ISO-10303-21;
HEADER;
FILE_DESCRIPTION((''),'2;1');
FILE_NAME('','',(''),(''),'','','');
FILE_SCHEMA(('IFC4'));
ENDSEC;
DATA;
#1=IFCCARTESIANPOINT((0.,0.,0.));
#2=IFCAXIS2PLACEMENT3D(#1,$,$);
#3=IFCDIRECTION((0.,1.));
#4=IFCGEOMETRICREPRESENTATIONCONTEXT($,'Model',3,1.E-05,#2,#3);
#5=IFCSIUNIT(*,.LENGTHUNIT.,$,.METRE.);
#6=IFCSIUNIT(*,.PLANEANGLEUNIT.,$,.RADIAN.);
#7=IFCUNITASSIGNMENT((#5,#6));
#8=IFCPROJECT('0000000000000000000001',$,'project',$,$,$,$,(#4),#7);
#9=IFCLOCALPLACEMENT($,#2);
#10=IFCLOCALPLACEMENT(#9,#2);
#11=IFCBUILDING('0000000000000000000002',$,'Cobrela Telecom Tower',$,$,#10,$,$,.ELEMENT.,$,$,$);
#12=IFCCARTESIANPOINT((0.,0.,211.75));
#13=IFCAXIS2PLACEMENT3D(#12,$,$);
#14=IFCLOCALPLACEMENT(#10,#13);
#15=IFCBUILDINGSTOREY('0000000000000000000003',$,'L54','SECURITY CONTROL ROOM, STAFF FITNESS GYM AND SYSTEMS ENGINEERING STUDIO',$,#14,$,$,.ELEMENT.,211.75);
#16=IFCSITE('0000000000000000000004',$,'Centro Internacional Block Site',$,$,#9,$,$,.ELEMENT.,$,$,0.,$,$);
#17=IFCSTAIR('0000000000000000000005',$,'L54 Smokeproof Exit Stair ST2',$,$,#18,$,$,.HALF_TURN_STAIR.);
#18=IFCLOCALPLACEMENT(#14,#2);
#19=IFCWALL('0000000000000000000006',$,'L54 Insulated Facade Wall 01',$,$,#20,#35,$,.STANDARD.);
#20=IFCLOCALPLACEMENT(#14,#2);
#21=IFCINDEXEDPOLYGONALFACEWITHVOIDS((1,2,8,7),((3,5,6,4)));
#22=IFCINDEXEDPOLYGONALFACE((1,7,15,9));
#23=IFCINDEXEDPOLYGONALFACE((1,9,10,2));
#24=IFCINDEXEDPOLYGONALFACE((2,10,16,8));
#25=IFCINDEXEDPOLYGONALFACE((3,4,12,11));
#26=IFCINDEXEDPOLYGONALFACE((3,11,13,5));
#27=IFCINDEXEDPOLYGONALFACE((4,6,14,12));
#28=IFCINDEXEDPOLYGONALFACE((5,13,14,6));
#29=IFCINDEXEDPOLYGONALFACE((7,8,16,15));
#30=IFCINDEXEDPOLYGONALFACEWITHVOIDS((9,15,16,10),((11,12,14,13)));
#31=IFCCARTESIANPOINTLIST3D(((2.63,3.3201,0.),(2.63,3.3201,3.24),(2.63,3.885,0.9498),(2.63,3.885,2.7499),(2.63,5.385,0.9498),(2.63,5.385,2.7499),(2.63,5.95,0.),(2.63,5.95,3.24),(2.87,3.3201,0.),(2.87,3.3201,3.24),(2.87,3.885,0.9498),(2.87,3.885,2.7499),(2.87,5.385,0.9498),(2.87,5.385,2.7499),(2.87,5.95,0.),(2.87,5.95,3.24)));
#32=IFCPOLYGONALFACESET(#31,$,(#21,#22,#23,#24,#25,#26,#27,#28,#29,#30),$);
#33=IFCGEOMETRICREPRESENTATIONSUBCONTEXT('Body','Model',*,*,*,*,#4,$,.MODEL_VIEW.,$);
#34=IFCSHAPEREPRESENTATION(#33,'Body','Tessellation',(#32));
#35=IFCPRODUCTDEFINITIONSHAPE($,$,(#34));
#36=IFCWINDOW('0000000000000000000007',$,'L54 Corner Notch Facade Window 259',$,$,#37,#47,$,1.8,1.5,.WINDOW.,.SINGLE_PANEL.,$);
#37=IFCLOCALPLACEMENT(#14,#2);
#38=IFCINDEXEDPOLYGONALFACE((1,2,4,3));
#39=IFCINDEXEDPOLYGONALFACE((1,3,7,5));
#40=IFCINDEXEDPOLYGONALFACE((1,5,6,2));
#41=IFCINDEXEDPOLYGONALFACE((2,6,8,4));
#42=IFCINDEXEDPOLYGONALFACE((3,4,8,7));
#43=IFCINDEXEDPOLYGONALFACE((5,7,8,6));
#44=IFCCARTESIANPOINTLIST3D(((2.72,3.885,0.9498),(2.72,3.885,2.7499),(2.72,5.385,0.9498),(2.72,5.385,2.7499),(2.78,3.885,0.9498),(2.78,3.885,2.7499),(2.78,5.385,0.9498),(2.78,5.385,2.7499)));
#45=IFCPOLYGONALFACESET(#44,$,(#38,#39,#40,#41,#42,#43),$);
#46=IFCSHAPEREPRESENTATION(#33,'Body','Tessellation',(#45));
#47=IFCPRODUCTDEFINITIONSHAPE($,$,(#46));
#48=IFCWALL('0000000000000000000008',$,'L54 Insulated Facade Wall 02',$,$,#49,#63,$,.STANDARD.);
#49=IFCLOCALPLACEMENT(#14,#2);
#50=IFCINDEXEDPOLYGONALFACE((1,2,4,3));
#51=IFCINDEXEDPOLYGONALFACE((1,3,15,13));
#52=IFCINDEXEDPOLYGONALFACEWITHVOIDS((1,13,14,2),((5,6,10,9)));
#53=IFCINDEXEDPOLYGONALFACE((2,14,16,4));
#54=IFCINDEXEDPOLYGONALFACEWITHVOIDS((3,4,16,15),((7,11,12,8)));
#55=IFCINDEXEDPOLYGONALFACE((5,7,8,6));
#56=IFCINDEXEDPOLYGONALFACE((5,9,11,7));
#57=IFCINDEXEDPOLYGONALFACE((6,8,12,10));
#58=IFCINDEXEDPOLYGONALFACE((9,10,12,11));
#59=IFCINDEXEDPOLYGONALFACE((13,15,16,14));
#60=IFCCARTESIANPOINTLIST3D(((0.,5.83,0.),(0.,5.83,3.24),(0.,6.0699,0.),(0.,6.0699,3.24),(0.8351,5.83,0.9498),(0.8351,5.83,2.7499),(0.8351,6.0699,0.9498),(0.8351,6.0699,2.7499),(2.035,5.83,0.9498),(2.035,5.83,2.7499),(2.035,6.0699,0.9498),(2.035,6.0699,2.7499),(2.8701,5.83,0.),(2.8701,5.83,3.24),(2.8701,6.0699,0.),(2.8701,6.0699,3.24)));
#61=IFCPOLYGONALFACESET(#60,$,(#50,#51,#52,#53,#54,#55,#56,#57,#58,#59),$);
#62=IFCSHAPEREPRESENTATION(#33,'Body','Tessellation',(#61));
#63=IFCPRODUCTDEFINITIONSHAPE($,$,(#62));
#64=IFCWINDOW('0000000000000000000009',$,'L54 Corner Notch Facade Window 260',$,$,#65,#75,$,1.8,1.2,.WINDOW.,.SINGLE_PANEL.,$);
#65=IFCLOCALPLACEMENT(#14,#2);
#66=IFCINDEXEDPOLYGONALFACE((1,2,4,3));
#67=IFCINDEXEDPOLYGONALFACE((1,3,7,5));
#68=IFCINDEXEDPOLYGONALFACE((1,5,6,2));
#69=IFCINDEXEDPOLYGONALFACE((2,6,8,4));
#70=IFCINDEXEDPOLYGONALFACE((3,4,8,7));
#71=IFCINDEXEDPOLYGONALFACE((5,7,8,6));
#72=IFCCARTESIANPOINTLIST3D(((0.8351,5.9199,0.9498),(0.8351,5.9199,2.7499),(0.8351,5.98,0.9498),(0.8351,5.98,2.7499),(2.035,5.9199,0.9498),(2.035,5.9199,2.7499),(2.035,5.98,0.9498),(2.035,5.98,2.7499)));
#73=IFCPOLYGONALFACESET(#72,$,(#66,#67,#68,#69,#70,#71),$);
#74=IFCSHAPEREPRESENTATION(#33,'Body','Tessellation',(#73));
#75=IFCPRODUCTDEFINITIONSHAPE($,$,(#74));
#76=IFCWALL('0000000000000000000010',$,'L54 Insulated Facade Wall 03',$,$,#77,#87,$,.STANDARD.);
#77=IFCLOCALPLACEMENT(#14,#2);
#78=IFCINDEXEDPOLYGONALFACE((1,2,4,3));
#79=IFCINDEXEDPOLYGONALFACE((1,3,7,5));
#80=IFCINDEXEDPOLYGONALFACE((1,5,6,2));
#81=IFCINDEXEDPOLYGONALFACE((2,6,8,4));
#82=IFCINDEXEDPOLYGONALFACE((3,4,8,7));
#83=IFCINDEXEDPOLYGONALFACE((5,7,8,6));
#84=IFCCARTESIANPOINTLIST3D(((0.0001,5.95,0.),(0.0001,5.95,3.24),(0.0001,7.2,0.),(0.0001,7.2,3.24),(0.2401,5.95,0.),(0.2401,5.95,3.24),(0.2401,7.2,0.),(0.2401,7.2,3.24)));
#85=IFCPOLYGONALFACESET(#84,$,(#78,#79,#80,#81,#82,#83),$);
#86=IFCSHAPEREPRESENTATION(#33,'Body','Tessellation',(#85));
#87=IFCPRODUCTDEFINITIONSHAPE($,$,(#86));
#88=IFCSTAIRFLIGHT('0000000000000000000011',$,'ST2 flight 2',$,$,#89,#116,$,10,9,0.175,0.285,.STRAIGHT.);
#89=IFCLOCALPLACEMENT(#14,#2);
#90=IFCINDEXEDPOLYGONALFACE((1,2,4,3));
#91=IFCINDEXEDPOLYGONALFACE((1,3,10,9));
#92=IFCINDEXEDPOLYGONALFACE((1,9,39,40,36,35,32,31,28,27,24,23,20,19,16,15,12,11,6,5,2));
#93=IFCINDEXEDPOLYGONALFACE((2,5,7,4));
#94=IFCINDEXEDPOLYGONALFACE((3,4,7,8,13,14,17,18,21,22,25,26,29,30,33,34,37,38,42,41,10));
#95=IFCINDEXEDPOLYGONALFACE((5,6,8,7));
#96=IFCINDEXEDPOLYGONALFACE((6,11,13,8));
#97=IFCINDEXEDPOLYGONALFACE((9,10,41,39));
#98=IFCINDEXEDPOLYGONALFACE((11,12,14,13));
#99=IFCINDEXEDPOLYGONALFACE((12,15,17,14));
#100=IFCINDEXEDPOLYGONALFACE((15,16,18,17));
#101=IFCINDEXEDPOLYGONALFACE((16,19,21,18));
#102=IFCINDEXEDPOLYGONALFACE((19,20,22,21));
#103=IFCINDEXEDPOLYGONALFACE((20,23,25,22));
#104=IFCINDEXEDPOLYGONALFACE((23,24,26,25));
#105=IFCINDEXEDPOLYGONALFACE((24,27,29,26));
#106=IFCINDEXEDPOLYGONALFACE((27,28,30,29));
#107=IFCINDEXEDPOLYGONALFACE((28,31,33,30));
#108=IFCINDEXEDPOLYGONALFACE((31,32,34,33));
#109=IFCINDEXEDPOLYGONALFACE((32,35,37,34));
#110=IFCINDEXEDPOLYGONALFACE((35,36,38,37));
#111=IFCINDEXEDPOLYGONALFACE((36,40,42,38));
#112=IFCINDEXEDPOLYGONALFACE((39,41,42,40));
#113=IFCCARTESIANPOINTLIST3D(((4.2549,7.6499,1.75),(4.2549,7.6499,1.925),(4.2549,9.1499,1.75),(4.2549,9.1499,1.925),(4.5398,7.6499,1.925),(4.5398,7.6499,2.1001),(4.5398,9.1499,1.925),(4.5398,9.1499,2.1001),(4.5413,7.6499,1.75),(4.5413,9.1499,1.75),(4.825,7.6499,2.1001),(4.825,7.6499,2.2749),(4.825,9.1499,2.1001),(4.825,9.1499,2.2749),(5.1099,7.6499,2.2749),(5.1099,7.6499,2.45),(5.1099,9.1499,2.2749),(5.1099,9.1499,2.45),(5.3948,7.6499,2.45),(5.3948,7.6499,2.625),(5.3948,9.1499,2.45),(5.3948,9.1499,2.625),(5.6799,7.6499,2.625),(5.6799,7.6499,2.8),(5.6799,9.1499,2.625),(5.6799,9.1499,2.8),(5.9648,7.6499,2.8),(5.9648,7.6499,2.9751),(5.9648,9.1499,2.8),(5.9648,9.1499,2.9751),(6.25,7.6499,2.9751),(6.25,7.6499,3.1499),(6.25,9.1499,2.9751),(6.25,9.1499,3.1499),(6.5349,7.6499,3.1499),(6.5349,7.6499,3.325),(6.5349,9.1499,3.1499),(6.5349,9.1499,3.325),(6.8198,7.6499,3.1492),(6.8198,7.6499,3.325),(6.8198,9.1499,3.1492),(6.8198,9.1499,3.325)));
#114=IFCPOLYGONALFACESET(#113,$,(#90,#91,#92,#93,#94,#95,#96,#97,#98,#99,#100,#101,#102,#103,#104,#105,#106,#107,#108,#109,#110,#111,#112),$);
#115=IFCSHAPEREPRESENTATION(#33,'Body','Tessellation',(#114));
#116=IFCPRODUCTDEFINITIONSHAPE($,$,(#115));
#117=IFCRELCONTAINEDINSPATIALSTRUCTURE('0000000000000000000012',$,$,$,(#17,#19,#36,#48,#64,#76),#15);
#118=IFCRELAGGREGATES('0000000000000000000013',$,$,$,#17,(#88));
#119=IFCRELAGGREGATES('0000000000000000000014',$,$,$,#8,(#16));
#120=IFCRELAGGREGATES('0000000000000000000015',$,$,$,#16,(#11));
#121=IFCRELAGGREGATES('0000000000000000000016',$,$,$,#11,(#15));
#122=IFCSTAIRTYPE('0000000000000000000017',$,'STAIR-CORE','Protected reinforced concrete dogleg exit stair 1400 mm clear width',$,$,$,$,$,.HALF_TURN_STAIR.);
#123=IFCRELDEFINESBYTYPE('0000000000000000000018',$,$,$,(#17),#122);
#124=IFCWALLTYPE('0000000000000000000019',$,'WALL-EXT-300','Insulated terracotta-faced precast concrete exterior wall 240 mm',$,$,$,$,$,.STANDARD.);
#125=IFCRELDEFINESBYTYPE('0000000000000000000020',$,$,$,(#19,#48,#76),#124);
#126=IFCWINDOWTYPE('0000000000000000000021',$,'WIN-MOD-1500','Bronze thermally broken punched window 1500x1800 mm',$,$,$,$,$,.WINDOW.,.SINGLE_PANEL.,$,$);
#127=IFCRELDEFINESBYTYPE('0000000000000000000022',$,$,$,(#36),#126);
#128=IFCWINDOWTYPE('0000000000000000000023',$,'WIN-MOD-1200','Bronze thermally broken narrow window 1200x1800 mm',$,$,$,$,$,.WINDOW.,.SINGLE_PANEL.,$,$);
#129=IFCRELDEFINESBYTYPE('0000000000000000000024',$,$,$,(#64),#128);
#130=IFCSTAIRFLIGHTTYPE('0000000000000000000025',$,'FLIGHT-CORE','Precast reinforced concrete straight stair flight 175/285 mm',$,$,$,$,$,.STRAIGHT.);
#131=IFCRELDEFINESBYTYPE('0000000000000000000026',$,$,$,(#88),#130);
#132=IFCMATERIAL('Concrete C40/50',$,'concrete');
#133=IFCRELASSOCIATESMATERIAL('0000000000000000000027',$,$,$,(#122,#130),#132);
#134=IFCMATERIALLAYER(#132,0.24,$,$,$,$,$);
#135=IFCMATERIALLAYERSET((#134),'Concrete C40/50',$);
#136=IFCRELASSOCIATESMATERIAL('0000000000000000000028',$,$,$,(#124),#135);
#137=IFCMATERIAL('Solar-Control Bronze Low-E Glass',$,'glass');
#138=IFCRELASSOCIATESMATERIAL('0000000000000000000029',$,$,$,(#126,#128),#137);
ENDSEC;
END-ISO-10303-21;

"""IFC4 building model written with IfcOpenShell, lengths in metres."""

from ifc_helpers import new_model, si_unit, direction, frame, frame_2d, origin, place, context, subcontext, project, spatial, polyline, rectangle, outline, extrude, material, layer, layer_set, type_object, element, fill, aggregate, save


model = new_model("IFC4")

# Units and contexts
model_context = context("Model", 3, precision=1e-05, world=origin(), true_north=direction((0.0, 1.0)))
body_context = subcontext(model_context, "Body", "Model", "MODEL_VIEW")
ifc_project = project(units=[si_unit("LENGTHUNIT", "METRE"), si_unit("PLANEANGLEUNIT", "RADIAN")], contexts=[model_context])

# Site, building, storey
site_placement = place(None, origin())
site = spatial("IfcSite", under=ifc_project, at=site_placement, Name="Centro Internacional Block Site", CompositionType="ELEMENT", RefElevation=0.0)
building_placement = place(site_placement, origin())
building = spatial("IfcBuilding", under=site, at=building_placement, Name="Cobrela Telecom Tower", CompositionType="ELEMENT")
storey_placement = place(building_placement, frame((0.0, 0.0, 211.75)))
storey = spatial("IfcBuildingStorey", under=building, at=storey_placement, Name="L54", Description="SECURITY CONTROL ROOM, STAFF FITNESS GYM AND SYSTEMS ENGINEERING STUDIO", CompositionType="ELEMENT", Elevation=211.75)

# Shared definitions
ifc_material_1 = material(Name="Solar-Control Bronze Low-E Glass", Category="glass")

# Shared definitions
ifc_material_2 = material(Name="Concrete C40/50", Category="concrete")

# Stair
stair_type = type_object("IfcStairType", Name="STAIR-CORE", Description="Protected reinforced concrete dogleg exit stair 1400 mm clear width", PredefinedType="HALF_TURN_STAIR", material=ifc_material_2)
stair_1_placement = place(storey_placement, origin())
stair_1 = element("IfcStair", 1, at=stair_1_placement, inside=storey, type_object=stair_type, Name="L54 Smokeproof Exit Stair ST2", PredefinedType="HALF_TURN_STAIR")

# Walls, openings, windows
ifc_layer_1 = layer(ifc_material_2, 0.24)
ifc_layer_set_1 = layer_set([ifc_layer_1], Name="Concrete C40/50")
wall_type_1 = type_object("IfcWallType", Name="WALL-EXT-300", Description="Insulated terracotta-faced precast concrete exterior wall 240 mm", PredefinedType="STANDARD", material=ifc_layer_set_1)
wall_1_placement = place(storey_placement, frame((2.75, 3.3201, 0.0), z_axis=(0.0, 0.0, 1.0), x_axis=(0.0, 1.0, 0.0)))
wall_1 = element("IfcWall", 2, at=wall_1_placement, inside=storey, type_object=wall_type_1, Name="L54 Insulated Facade Wall 01", PredefinedType="STANDARD", context=body_context, shape_type="SweptSolid", body=[
    extrude(rectangle(XDim=2.6299, YDim=0.24, at=frame_2d((1.3149, 0.0))), origin(), (0.0, 0.0, 1.0), 3.24),
])
opening_1_placement = place(wall_1_placement, frame((0.5649, 0.0, 0.95)))
opening_1 = element("IfcOpeningElement", 3, at=opening_1_placement, cuts=wall_1, PredefinedType="OPENING", context=body_context, shape_type="SweptSolid", body=[
    extrude(rectangle(XDim=1.5, YDim=1.8, at=frame_2d((0.75, 0.8999))), frame((0.0, 0.1318, 0.0), z_axis=(0.0, -1.0, 0.0), x_axis=(1.0, 0.0, 0.0)), (0.0, 0.0, 1.0), 0.2639),
])
window_type_1 = type_object("IfcWindowType", Name="WIN-MOD-1500", Description="Bronze thermally broken punched window 1500x1800 mm", PartitioningType="SINGLE_PANEL", PredefinedType="WINDOW", material=ifc_material_1)
window_1_placement = place(opening_1_placement, origin())
window_1 = element("IfcWindow", 4, at=window_1_placement, inside=storey, type_object=window_type_1, Name="L54 Corner Notch Facade Window 259", OverallHeight=1.8, OverallWidth=1.5, PartitioningType="SINGLE_PANEL", PredefinedType="WINDOW", context=body_context, shape_type="SweptSolid", body=[
    extrude(rectangle(XDim=1.5, YDim=1.8, at=frame_2d((0.75, 0.8999))), frame((0.0, 0.03, 0.0), z_axis=(0.0, -1.0, 0.0), x_axis=(1.0, 0.0, 0.0)), (0.0, 0.0, 1.0), 0.0601),
])
fill(opening_1, window_1)
wall_2_placement = place(storey_placement, frame((2.8701, 5.95, 0.0), z_axis=(0.0, 0.0, 1.0), x_axis=(-1.0, 0.0, 0.0)))
wall_2 = element("IfcWall", 5, at=wall_2_placement, inside=storey, type_object=wall_type_1, Name="L54 Insulated Facade Wall 02", PredefinedType="STANDARD", context=body_context, shape_type="SweptSolid", body=[
    extrude(rectangle(XDim=2.8701, YDim=0.24, at=frame_2d((1.4351, 0.0))), origin(), (0.0, 0.0, 1.0), 3.24),
])
opening_2_placement = place(wall_2_placement, frame((0.835, 0.0, 0.95)))
opening_2 = element("IfcOpeningElement", 6, at=opening_2_placement, cuts=wall_2, PredefinedType="OPENING", context=body_context, shape_type="SweptSolid", body=[
    extrude(rectangle(XDim=1.2, YDim=1.8, at=frame_2d((0.6001, 0.8999))), frame((0.0, 0.1318, 0.0), z_axis=(0.0, -1.0, 0.0), x_axis=(1.0, 0.0, 0.0)), (0.0, 0.0, 1.0), 0.2639),
])
window_type_2 = type_object("IfcWindowType", Name="WIN-MOD-1200", Description="Bronze thermally broken narrow window 1200x1800 mm", PartitioningType="SINGLE_PANEL", PredefinedType="WINDOW", material=ifc_material_1)
window_2_placement = place(opening_2_placement, origin())
window_2 = element("IfcWindow", 7, at=window_2_placement, inside=storey, type_object=window_type_2, Name="L54 Corner Notch Facade Window 260", OverallHeight=1.8, OverallWidth=1.2, PartitioningType="SINGLE_PANEL", PredefinedType="WINDOW", context=body_context, shape_type="SweptSolid", body=[
    extrude(rectangle(XDim=1.2, YDim=1.8, at=frame_2d((0.6001, 0.8999))), frame((0.0, 0.03, 0.0), z_axis=(0.0, -1.0, 0.0), x_axis=(1.0, 0.0, 0.0)), (0.0, 0.0, 1.0), 0.0601),
])
fill(opening_2, window_2)

# Wall
wall_3_placement = place(storey_placement, frame((0.1201, 5.95, 0.0), z_axis=(0.0, 0.0, 1.0), x_axis=(0.0, 1.0, 0.0)))
element("IfcWall", 8, at=wall_3_placement, inside=storey, type_object=wall_type_1, Name="L54 Insulated Facade Wall 03", PredefinedType="STANDARD", context=body_context, shape_type="SweptSolid", body=[
    extrude(rectangle(XDim=1.25, YDim=0.24, at=frame_2d((0.625, 0.0))), origin(), (0.0, 0.0, 1.0), 3.24),
])

# Stair flight
stair_flight_type = type_object("IfcStairFlightType", Name="FLIGHT-CORE", Description="Precast reinforced concrete straight stair flight 175/285 mm", PredefinedType="STRAIGHT", material=ifc_material_2)
stair_flight_placement = place(storey_placement, frame((4.2549, 8.3999, 1.75), z_axis=(0.0, 0.0, 1.0), x_axis=(1.0, 0.0, 0.0)))
stair_flight = element("IfcStairFlight", 9, at=stair_flight_placement, type_object=stair_flight_type, Name="ST2 flight 2", NumberOfRisers=10, NumberOfTreads=9, PredefinedType="STRAIGHT", RiserHeight=0.175, TreadLength=0.285, context=body_context, shape_type="SweptSolid", body=[
    extrude(outline(polyline([(0.0, 0.0), (0.0, 0.175), (0.2849, 0.175), (0.2849, 0.3501), (0.5701, 0.3501), (0.5701, 0.5249), (0.855, 0.5249), (0.855, 0.7), (1.1399, 0.7), (1.1399, 0.875), (1.425, 0.875), (1.425, 1.05), (1.71, 1.05), (1.71, 1.2251), (1.9951, 1.2251), (1.9951, 1.3999), (2.28, 1.3999), (2.28, 1.575), (2.5649, 1.575), (2.5649, 1.75), (2.5649, 1.3992), (0.2864, 0.0), (0.0, 0.0)])), frame((0.0, 0.75, 0.0), z_axis=(0.0, -1.0, 0.0), x_axis=(1.0, 0.0, 0.0)), (0.0, 0.0, 1.0), 1.5),
])
aggregate(stair_1, [stair_flight])

save(model, "model.ifc")
